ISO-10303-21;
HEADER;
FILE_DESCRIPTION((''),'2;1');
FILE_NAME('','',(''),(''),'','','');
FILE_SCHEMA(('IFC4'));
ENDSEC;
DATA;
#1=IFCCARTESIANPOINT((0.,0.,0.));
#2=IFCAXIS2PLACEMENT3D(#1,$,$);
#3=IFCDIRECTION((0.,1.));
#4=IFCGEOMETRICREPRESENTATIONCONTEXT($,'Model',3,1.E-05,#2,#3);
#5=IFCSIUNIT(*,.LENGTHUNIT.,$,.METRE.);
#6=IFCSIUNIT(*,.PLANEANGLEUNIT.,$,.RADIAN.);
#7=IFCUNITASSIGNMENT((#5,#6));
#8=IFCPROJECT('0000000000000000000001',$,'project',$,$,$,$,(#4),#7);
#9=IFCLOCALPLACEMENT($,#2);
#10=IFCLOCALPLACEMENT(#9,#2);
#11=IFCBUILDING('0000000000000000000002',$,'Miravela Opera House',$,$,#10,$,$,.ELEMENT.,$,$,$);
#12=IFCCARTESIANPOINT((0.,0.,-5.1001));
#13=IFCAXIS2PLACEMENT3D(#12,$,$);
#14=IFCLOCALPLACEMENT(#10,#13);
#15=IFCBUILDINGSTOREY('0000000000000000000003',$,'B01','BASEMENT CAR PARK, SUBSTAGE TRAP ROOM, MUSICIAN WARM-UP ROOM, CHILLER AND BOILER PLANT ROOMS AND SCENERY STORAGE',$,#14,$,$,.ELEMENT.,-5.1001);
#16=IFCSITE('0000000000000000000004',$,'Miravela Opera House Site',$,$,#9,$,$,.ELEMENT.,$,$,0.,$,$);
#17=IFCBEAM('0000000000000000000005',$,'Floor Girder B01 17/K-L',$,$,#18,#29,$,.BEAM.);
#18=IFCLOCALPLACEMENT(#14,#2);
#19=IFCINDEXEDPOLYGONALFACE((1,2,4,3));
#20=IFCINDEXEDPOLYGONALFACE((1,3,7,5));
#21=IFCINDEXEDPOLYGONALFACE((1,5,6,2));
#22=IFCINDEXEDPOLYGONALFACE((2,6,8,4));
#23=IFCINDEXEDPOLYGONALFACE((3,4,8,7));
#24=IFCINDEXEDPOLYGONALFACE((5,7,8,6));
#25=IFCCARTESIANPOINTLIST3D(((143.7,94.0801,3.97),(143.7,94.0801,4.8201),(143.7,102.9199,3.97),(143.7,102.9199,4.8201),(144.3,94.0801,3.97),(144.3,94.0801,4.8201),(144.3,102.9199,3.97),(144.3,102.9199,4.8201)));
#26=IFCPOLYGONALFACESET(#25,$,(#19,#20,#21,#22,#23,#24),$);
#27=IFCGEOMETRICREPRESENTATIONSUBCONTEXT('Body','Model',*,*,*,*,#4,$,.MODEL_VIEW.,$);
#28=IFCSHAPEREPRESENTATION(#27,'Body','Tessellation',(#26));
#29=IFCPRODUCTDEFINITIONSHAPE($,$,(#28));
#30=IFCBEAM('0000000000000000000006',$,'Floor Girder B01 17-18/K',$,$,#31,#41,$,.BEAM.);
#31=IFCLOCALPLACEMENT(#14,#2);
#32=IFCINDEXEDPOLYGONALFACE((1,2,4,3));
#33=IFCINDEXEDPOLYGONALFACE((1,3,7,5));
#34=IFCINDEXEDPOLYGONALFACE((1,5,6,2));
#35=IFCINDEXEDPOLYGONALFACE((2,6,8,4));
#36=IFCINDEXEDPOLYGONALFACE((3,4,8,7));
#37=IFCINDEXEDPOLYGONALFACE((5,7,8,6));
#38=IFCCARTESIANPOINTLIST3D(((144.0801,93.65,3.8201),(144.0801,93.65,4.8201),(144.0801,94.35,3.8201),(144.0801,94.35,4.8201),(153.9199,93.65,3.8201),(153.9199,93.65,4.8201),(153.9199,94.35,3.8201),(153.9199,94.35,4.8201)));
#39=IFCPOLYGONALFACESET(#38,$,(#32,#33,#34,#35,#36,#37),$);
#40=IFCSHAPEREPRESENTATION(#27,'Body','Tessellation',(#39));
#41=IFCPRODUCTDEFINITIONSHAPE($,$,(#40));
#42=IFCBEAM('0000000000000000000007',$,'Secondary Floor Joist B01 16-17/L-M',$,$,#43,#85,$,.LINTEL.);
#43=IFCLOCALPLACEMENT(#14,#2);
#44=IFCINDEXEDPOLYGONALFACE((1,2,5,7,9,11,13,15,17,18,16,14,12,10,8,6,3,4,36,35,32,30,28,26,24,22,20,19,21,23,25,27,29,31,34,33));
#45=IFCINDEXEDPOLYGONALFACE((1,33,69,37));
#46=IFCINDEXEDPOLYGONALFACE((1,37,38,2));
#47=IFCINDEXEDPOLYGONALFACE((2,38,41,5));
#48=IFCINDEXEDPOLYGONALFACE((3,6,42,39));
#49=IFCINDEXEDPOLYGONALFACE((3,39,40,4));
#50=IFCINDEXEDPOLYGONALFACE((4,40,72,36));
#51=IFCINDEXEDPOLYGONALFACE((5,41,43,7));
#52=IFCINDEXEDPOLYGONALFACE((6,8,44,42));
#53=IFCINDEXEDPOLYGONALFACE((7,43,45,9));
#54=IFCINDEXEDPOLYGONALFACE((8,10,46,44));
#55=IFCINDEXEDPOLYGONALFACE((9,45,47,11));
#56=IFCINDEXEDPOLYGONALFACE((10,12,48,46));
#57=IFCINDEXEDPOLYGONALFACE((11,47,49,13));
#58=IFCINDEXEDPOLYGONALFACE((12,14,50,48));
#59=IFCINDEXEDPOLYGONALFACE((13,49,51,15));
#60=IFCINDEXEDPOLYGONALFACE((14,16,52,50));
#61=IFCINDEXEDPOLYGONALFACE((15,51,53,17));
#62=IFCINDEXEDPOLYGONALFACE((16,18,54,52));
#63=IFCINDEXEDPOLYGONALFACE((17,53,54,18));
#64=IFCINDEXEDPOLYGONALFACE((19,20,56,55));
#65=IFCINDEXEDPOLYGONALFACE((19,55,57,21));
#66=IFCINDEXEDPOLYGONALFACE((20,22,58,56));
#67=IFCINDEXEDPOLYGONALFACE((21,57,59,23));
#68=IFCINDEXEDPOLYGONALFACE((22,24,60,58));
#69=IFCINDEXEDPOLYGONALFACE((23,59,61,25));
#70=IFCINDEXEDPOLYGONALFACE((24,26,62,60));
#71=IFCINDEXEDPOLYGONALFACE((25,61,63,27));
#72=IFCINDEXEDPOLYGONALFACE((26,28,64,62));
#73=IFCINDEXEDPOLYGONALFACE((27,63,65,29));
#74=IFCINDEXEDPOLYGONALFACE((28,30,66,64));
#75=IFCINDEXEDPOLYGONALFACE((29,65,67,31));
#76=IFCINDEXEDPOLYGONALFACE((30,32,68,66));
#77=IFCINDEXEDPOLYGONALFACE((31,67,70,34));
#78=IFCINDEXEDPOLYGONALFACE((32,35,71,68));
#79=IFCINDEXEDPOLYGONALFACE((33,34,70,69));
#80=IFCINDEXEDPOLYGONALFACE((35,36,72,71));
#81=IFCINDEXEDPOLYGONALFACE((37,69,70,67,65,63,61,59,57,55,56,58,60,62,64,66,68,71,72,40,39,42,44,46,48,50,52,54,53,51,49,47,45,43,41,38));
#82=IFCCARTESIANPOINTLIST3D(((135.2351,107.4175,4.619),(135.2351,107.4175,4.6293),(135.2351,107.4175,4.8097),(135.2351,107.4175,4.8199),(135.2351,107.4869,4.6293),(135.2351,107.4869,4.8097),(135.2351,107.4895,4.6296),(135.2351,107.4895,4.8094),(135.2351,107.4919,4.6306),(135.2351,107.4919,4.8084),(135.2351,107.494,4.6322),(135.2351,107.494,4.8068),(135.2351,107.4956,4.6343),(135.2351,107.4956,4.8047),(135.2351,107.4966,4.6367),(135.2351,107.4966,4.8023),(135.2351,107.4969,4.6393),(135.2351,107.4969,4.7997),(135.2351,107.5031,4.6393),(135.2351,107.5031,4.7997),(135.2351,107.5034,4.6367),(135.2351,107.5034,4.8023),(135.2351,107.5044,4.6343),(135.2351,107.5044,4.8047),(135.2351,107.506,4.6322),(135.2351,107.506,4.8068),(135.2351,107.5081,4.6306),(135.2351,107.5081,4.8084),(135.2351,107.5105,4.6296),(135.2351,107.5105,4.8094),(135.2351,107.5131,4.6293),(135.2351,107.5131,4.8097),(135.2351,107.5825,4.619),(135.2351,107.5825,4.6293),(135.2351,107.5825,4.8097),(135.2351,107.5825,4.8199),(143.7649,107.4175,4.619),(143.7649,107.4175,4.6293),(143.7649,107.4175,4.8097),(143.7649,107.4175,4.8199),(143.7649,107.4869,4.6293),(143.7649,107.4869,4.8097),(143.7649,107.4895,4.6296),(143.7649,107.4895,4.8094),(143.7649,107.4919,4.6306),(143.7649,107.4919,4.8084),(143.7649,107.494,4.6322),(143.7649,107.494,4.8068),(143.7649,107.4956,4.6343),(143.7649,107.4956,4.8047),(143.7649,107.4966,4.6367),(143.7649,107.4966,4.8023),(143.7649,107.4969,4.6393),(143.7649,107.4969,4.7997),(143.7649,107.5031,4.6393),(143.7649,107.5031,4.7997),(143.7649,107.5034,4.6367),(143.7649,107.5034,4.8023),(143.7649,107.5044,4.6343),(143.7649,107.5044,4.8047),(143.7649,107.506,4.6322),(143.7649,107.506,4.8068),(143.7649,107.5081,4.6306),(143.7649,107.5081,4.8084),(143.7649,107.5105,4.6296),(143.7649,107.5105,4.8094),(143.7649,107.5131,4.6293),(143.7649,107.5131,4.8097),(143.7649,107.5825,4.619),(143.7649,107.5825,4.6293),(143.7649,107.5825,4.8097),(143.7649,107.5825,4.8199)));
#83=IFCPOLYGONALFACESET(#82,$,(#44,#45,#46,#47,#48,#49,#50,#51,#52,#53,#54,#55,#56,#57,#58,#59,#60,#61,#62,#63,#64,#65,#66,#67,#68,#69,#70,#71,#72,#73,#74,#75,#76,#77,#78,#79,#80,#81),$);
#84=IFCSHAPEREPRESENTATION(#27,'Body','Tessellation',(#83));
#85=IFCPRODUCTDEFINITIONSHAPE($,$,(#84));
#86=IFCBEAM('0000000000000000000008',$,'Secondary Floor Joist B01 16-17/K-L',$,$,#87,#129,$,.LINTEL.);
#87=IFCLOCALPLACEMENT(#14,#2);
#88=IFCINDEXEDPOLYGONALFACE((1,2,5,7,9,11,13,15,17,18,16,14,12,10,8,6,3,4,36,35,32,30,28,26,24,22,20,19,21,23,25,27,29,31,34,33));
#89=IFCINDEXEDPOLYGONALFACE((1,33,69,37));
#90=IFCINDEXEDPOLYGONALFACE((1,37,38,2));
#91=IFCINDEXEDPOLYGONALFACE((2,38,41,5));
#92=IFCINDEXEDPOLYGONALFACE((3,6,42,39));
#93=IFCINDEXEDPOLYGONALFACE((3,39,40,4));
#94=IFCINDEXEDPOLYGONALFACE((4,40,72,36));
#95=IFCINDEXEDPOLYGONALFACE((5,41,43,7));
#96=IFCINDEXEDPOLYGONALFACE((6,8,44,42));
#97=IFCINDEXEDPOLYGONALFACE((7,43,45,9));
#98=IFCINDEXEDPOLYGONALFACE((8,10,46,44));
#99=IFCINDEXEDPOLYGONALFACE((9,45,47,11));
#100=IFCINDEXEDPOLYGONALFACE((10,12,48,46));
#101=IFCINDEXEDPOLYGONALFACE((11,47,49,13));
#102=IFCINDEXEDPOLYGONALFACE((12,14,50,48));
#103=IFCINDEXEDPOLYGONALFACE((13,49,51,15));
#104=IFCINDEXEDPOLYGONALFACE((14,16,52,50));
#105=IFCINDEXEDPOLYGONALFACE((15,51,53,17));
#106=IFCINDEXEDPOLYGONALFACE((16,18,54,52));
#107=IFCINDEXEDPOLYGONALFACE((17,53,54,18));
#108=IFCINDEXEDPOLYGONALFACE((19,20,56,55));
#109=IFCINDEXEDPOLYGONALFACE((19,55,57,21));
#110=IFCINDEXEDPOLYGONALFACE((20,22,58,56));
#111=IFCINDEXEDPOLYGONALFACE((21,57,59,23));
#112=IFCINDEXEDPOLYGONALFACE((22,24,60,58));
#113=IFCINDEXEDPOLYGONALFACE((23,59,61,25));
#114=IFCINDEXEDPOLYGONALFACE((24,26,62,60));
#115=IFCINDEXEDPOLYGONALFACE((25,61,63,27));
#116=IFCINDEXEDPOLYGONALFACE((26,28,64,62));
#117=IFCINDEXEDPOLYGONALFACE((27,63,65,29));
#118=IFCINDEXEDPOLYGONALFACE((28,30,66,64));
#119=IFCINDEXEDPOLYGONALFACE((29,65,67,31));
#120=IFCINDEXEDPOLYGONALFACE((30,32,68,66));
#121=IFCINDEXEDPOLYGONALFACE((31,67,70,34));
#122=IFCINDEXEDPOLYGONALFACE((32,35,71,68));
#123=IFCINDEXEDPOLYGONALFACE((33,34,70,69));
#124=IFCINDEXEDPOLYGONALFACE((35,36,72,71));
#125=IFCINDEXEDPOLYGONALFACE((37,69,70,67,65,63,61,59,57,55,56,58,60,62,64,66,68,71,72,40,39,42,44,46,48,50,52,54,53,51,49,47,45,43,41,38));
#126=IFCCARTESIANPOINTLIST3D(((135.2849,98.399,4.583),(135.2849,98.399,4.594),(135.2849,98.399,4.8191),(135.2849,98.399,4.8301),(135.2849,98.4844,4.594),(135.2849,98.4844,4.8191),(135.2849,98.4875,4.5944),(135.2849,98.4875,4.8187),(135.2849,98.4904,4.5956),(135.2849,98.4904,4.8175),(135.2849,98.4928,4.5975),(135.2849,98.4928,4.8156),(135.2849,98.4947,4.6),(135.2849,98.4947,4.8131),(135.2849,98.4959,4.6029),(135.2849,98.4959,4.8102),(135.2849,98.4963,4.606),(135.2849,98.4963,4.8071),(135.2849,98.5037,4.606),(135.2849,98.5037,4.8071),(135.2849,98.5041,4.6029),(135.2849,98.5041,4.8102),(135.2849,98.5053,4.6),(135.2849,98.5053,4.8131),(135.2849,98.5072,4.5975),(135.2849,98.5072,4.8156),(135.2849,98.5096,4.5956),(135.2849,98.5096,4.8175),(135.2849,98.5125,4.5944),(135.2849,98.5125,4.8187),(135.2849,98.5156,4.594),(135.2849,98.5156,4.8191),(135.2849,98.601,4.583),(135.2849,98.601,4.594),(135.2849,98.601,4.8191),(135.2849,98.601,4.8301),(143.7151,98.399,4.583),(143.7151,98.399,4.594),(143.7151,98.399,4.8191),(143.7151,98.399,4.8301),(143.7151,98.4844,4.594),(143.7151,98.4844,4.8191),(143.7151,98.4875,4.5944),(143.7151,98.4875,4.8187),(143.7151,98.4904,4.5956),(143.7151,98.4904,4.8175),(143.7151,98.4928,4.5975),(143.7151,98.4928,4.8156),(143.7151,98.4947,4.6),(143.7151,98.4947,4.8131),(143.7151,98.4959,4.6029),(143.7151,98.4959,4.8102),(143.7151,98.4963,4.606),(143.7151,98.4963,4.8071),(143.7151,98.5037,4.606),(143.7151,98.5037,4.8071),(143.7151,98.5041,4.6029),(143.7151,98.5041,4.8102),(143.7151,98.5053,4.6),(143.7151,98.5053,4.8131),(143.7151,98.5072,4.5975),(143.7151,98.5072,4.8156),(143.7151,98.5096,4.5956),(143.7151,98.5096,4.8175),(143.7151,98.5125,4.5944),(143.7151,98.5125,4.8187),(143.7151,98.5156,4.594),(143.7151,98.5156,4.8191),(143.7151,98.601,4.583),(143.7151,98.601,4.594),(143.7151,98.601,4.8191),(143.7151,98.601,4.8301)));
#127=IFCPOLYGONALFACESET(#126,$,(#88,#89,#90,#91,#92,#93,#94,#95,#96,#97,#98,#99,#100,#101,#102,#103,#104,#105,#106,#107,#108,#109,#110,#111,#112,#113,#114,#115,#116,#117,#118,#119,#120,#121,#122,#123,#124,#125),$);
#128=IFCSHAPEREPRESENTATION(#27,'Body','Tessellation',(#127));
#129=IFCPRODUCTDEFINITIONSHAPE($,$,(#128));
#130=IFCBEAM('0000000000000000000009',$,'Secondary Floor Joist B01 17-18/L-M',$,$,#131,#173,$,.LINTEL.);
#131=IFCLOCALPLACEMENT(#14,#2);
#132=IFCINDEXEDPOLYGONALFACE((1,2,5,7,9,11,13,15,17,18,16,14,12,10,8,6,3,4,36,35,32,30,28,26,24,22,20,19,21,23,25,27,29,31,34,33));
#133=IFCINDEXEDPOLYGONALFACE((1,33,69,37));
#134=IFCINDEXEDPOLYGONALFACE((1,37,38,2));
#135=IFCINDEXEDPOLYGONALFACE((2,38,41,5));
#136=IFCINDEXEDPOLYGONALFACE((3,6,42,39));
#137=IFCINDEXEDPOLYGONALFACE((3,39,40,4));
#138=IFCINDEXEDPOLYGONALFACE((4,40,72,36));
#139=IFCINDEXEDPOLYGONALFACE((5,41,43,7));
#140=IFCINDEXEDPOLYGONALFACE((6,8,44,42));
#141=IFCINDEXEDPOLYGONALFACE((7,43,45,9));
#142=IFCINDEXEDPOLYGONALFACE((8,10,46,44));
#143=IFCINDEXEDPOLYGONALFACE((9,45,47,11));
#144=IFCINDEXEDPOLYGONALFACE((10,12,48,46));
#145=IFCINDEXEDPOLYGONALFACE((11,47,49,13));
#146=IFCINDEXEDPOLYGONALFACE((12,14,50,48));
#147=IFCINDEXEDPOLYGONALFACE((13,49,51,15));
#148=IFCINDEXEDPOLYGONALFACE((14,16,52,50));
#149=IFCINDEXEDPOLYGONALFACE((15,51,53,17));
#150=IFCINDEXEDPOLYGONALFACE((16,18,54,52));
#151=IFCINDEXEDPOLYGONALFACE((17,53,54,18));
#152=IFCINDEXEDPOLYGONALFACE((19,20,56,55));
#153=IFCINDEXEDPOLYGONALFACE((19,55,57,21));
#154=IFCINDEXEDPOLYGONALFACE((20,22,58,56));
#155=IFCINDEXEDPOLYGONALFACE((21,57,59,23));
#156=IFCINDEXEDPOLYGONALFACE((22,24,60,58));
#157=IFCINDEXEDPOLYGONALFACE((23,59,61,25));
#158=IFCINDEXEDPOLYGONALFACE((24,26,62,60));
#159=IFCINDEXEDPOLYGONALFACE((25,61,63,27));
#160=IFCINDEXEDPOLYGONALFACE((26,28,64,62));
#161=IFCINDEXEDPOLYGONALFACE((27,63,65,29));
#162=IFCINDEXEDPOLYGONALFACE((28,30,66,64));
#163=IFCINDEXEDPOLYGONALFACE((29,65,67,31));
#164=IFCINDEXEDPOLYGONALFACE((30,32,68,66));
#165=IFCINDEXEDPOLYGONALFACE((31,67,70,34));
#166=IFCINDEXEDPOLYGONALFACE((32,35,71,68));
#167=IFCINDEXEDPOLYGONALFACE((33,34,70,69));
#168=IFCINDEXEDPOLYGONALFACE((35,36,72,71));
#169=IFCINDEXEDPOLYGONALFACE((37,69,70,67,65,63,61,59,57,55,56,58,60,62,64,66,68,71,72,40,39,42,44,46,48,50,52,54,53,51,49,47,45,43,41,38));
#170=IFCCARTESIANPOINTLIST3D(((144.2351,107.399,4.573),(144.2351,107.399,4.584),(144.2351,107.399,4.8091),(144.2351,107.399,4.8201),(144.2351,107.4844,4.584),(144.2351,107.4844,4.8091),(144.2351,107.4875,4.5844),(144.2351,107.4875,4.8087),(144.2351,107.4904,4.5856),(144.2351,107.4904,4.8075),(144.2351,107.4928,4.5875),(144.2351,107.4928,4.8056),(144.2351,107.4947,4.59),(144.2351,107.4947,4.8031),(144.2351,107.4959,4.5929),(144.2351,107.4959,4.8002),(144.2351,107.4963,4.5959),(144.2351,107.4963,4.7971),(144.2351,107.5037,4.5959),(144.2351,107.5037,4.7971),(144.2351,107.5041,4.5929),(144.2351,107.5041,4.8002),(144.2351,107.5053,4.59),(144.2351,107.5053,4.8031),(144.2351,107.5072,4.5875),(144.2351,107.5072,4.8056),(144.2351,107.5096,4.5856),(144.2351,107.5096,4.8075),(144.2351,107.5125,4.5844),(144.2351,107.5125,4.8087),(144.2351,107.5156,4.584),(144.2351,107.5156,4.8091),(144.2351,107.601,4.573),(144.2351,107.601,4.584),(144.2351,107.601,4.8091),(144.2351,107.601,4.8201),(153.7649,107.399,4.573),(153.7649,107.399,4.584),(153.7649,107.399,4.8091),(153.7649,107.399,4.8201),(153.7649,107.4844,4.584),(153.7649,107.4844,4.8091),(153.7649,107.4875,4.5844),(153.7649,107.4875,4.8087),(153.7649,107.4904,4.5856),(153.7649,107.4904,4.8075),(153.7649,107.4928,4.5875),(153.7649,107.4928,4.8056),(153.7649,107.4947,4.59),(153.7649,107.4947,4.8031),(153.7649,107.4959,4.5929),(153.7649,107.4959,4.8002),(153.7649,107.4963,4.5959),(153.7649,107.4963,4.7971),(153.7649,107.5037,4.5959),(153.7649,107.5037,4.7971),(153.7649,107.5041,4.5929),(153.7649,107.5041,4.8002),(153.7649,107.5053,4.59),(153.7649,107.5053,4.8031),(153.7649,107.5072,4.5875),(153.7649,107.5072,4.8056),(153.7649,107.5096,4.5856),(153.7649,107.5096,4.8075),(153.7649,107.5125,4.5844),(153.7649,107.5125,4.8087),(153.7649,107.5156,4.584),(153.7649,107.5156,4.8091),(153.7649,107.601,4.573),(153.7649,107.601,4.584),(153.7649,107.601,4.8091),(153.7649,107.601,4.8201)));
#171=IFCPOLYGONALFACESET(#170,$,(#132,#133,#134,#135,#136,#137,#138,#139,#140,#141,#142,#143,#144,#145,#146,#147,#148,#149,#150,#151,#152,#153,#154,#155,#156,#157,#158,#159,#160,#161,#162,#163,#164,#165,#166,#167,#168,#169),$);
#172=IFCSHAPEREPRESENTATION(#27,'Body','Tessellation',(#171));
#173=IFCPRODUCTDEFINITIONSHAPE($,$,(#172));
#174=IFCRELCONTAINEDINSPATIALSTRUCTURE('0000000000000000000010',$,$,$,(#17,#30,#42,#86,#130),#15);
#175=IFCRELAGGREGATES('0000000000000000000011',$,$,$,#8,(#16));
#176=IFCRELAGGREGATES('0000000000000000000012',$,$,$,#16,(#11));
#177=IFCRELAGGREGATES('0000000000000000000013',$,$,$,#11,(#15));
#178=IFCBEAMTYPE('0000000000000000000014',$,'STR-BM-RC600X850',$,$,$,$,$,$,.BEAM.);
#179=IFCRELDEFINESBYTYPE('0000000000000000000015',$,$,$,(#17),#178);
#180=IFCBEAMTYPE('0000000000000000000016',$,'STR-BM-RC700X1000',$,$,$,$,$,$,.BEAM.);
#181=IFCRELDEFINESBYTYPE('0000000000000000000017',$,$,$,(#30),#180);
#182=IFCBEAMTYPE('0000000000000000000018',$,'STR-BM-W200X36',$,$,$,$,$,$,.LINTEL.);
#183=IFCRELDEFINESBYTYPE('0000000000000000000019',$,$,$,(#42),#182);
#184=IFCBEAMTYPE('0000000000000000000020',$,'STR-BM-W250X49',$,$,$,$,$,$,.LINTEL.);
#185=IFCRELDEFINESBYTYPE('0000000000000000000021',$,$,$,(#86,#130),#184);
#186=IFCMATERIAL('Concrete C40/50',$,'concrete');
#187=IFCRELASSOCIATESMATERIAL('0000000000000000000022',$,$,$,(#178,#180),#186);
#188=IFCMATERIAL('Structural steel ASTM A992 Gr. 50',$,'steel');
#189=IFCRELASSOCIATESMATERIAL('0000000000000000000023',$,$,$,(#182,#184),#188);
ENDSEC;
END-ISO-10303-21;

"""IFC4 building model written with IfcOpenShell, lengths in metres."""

from ifc_helpers import new_model, si_unit, direction, frame, origin, origin_2d, place, context, subcontext, project, spatial, rectangle, i_section, extrude, material, material_profile, profile_set, type_object, element, save


model = new_model("IFC4")

# Units and contexts
model_context = context("Model", 3, precision=1e-05, world=origin(), true_north=direction((0.0, 1.0)))
body_context = subcontext(model_context, "Body", "Model", "MODEL_VIEW")
ifc_project = project(units=[si_unit("LENGTHUNIT", "METRE"), si_unit("PLANEANGLEUNIT", "RADIAN")], contexts=[model_context])

# Site, building, storey
site_placement = place(None, origin())
site = spatial("IfcSite", under=ifc_project, at=site_placement, Name="Miravela Opera House Site", CompositionType="ELEMENT", RefElevation=0.0)
building_placement = place(site_placement, origin())
building = spatial("IfcBuilding", under=site, at=building_placement, Name="Miravela Opera House", CompositionType="ELEMENT")
storey_placement = place(building_placement, frame((0.0, 0.0, -5.1001)))
storey = spatial("IfcBuildingStorey", under=building, at=storey_placement, Name="B01", Description="BASEMENT CAR PARK, SUBSTAGE TRAP ROOM, MUSICIAN WARM-UP ROOM, CHILLER AND BOILER PLANT ROOMS AND SCENERY STORAGE", CompositionType="ELEMENT", Elevation=-5.1001)

# Shared definitions
ifc_material_1 = material(Name="Concrete C40/50", Category="concrete")

# Beams
ifc_material_profile_1 = material_profile(ifc_material_1, rectangle(XDim=0.6001, YDim=0.8501, at=origin_2d()), Name="RC-BM-600X850")
ifc_profile_set_1 = profile_set([ifc_material_profile_1])
beam_type_1 = type_object("IfcBeamType", Name="STR-BM-RC600X850", PredefinedType="BEAM", material=ifc_profile_set_1)
beam_1_placement = place(storey_placement, frame((144.0, 94.0801, 4.395), z_axis=(0.0, 1.0, 0.0), x_axis=(-1.0, 0.0, 0.0)))
element("IfcBeam", 1, at=beam_1_placement, inside=storey, type_object=beam_type_1, Name="Floor Girder B01 17/K-L", PredefinedType="BEAM", context=body_context, shape_type="SweptSolid", body=[
    extrude(rectangle(XDim=0.6001, YDim=0.8501, at=origin_2d()), origin(), (0.0, 0.0, 1.0), 8.8398),
])
ifc_material_profile_2 = material_profile(ifc_material_1, rectangle(XDim=0.7, YDim=1.0, at=origin_2d()), Name="RC-BM-700X1000")
ifc_profile_set_2 = profile_set([ifc_material_profile_2])
beam_type_2 = type_object("IfcBeamType", Name="STR-BM-RC700X1000", PredefinedType="BEAM", material=ifc_profile_set_2)
beam_2_placement = place(storey_placement, frame((144.0801, 94.0, 4.3201), z_axis=(1.0, 0.0, 0.0), x_axis=(0.0, 1.0, 0.0)))
element("IfcBeam", 2, at=beam_2_placement, inside=storey, type_object=beam_type_2, Name="Floor Girder B01 17-18/K", PredefinedType="BEAM", context=body_context, shape_type="SweptSolid", body=[
    extrude(rectangle(XDim=0.7, YDim=1.0, at=origin_2d()), origin(), (0.0, 0.0, 1.0), 9.8398),
])
ifc_material_2 = material(Name="Structural steel ASTM A992 Gr. 50", Category="steel")
ifc_material_profile_3 = material_profile(ifc_material_2, i_section(OverallWidth=0.165, OverallDepth=0.2009, WebThickness=0.0061, FlangeThickness=0.0103, FilletRadius=0.01, at=origin_2d()), Name="W200X36")
ifc_profile_set_3 = profile_set([ifc_material_profile_3])
beam_type_3 = type_object("IfcBeamType", Name="STR-BM-W200X36", PredefinedType="LINTEL", material=ifc_profile_set_3)
beam_3_placement = place(storey_placement, frame((135.2351, 107.5, 4.7195), z_axis=(1.0, 0.0, 0.0), x_axis=(0.0, 1.0, 0.0)))
element("IfcBeam", 3, at=beam_3_placement, inside=storey, type_object=beam_type_3, Name="Secondary Floor Joist B01 16-17/L-M", PredefinedType="LINTEL", context=body_context, shape_type="SweptSolid", body=[
    extrude(i_section(OverallWidth=0.165, OverallDepth=0.2009, WebThickness=0.0061, FlangeThickness=0.0103, FilletRadius=0.01, at=origin_2d()), origin(), (0.0, 0.0, 1.0), 8.5298),
])
ifc_material_profile_4 = material_profile(ifc_material_2, i_section(OverallWidth=0.2019, OverallDepth=0.2471, WebThickness=0.0073, FlangeThickness=0.011, FilletRadius=0.012, at=origin_2d()), Name="W250X49")
ifc_profile_set_4 = profile_set([ifc_material_profile_4])
beam_type_4 = type_object("IfcBeamType", Name="STR-BM-W250X49", PredefinedType="LINTEL", material=ifc_profile_set_4)
beam_4_placement = place(storey_placement, frame((135.2849, 98.5, 4.7065), z_axis=(1.0, 0.0, 0.0), x_axis=(0.0, 1.0, 0.0)))
element("IfcBeam", 4, at=beam_4_placement, inside=storey, type_object=beam_type_4, Name="Secondary Floor Joist B01 16-17/K-L", PredefinedType="LINTEL", context=body_context, shape_type="SweptSolid", body=[
    extrude(i_section(OverallWidth=0.2019, OverallDepth=0.2471, WebThickness=0.0073, FlangeThickness=0.011, FilletRadius=0.012, at=origin_2d()), origin(), (0.0, 0.0, 1.0), 8.4302),
])
beam_5_placement = place(storey_placement, frame((144.2351, 107.5, 4.6965), z_axis=(1.0, 0.0, 0.0), x_axis=(0.0, 1.0, 0.0)))
element("IfcBeam", 5, at=beam_5_placement, inside=storey, type_object=beam_type_4, Name="Secondary Floor Joist B01 17-18/L-M", PredefinedType="LINTEL", context=body_context, shape_type="SweptSolid", body=[
    extrude(i_section(OverallWidth=0.2019, OverallDepth=0.2471, WebThickness=0.0073, FlangeThickness=0.011, FilletRadius=0.012, at=origin_2d()), origin(), (0.0, 0.0, 1.0), 9.5298),
])

save(model, "model.ifc")
